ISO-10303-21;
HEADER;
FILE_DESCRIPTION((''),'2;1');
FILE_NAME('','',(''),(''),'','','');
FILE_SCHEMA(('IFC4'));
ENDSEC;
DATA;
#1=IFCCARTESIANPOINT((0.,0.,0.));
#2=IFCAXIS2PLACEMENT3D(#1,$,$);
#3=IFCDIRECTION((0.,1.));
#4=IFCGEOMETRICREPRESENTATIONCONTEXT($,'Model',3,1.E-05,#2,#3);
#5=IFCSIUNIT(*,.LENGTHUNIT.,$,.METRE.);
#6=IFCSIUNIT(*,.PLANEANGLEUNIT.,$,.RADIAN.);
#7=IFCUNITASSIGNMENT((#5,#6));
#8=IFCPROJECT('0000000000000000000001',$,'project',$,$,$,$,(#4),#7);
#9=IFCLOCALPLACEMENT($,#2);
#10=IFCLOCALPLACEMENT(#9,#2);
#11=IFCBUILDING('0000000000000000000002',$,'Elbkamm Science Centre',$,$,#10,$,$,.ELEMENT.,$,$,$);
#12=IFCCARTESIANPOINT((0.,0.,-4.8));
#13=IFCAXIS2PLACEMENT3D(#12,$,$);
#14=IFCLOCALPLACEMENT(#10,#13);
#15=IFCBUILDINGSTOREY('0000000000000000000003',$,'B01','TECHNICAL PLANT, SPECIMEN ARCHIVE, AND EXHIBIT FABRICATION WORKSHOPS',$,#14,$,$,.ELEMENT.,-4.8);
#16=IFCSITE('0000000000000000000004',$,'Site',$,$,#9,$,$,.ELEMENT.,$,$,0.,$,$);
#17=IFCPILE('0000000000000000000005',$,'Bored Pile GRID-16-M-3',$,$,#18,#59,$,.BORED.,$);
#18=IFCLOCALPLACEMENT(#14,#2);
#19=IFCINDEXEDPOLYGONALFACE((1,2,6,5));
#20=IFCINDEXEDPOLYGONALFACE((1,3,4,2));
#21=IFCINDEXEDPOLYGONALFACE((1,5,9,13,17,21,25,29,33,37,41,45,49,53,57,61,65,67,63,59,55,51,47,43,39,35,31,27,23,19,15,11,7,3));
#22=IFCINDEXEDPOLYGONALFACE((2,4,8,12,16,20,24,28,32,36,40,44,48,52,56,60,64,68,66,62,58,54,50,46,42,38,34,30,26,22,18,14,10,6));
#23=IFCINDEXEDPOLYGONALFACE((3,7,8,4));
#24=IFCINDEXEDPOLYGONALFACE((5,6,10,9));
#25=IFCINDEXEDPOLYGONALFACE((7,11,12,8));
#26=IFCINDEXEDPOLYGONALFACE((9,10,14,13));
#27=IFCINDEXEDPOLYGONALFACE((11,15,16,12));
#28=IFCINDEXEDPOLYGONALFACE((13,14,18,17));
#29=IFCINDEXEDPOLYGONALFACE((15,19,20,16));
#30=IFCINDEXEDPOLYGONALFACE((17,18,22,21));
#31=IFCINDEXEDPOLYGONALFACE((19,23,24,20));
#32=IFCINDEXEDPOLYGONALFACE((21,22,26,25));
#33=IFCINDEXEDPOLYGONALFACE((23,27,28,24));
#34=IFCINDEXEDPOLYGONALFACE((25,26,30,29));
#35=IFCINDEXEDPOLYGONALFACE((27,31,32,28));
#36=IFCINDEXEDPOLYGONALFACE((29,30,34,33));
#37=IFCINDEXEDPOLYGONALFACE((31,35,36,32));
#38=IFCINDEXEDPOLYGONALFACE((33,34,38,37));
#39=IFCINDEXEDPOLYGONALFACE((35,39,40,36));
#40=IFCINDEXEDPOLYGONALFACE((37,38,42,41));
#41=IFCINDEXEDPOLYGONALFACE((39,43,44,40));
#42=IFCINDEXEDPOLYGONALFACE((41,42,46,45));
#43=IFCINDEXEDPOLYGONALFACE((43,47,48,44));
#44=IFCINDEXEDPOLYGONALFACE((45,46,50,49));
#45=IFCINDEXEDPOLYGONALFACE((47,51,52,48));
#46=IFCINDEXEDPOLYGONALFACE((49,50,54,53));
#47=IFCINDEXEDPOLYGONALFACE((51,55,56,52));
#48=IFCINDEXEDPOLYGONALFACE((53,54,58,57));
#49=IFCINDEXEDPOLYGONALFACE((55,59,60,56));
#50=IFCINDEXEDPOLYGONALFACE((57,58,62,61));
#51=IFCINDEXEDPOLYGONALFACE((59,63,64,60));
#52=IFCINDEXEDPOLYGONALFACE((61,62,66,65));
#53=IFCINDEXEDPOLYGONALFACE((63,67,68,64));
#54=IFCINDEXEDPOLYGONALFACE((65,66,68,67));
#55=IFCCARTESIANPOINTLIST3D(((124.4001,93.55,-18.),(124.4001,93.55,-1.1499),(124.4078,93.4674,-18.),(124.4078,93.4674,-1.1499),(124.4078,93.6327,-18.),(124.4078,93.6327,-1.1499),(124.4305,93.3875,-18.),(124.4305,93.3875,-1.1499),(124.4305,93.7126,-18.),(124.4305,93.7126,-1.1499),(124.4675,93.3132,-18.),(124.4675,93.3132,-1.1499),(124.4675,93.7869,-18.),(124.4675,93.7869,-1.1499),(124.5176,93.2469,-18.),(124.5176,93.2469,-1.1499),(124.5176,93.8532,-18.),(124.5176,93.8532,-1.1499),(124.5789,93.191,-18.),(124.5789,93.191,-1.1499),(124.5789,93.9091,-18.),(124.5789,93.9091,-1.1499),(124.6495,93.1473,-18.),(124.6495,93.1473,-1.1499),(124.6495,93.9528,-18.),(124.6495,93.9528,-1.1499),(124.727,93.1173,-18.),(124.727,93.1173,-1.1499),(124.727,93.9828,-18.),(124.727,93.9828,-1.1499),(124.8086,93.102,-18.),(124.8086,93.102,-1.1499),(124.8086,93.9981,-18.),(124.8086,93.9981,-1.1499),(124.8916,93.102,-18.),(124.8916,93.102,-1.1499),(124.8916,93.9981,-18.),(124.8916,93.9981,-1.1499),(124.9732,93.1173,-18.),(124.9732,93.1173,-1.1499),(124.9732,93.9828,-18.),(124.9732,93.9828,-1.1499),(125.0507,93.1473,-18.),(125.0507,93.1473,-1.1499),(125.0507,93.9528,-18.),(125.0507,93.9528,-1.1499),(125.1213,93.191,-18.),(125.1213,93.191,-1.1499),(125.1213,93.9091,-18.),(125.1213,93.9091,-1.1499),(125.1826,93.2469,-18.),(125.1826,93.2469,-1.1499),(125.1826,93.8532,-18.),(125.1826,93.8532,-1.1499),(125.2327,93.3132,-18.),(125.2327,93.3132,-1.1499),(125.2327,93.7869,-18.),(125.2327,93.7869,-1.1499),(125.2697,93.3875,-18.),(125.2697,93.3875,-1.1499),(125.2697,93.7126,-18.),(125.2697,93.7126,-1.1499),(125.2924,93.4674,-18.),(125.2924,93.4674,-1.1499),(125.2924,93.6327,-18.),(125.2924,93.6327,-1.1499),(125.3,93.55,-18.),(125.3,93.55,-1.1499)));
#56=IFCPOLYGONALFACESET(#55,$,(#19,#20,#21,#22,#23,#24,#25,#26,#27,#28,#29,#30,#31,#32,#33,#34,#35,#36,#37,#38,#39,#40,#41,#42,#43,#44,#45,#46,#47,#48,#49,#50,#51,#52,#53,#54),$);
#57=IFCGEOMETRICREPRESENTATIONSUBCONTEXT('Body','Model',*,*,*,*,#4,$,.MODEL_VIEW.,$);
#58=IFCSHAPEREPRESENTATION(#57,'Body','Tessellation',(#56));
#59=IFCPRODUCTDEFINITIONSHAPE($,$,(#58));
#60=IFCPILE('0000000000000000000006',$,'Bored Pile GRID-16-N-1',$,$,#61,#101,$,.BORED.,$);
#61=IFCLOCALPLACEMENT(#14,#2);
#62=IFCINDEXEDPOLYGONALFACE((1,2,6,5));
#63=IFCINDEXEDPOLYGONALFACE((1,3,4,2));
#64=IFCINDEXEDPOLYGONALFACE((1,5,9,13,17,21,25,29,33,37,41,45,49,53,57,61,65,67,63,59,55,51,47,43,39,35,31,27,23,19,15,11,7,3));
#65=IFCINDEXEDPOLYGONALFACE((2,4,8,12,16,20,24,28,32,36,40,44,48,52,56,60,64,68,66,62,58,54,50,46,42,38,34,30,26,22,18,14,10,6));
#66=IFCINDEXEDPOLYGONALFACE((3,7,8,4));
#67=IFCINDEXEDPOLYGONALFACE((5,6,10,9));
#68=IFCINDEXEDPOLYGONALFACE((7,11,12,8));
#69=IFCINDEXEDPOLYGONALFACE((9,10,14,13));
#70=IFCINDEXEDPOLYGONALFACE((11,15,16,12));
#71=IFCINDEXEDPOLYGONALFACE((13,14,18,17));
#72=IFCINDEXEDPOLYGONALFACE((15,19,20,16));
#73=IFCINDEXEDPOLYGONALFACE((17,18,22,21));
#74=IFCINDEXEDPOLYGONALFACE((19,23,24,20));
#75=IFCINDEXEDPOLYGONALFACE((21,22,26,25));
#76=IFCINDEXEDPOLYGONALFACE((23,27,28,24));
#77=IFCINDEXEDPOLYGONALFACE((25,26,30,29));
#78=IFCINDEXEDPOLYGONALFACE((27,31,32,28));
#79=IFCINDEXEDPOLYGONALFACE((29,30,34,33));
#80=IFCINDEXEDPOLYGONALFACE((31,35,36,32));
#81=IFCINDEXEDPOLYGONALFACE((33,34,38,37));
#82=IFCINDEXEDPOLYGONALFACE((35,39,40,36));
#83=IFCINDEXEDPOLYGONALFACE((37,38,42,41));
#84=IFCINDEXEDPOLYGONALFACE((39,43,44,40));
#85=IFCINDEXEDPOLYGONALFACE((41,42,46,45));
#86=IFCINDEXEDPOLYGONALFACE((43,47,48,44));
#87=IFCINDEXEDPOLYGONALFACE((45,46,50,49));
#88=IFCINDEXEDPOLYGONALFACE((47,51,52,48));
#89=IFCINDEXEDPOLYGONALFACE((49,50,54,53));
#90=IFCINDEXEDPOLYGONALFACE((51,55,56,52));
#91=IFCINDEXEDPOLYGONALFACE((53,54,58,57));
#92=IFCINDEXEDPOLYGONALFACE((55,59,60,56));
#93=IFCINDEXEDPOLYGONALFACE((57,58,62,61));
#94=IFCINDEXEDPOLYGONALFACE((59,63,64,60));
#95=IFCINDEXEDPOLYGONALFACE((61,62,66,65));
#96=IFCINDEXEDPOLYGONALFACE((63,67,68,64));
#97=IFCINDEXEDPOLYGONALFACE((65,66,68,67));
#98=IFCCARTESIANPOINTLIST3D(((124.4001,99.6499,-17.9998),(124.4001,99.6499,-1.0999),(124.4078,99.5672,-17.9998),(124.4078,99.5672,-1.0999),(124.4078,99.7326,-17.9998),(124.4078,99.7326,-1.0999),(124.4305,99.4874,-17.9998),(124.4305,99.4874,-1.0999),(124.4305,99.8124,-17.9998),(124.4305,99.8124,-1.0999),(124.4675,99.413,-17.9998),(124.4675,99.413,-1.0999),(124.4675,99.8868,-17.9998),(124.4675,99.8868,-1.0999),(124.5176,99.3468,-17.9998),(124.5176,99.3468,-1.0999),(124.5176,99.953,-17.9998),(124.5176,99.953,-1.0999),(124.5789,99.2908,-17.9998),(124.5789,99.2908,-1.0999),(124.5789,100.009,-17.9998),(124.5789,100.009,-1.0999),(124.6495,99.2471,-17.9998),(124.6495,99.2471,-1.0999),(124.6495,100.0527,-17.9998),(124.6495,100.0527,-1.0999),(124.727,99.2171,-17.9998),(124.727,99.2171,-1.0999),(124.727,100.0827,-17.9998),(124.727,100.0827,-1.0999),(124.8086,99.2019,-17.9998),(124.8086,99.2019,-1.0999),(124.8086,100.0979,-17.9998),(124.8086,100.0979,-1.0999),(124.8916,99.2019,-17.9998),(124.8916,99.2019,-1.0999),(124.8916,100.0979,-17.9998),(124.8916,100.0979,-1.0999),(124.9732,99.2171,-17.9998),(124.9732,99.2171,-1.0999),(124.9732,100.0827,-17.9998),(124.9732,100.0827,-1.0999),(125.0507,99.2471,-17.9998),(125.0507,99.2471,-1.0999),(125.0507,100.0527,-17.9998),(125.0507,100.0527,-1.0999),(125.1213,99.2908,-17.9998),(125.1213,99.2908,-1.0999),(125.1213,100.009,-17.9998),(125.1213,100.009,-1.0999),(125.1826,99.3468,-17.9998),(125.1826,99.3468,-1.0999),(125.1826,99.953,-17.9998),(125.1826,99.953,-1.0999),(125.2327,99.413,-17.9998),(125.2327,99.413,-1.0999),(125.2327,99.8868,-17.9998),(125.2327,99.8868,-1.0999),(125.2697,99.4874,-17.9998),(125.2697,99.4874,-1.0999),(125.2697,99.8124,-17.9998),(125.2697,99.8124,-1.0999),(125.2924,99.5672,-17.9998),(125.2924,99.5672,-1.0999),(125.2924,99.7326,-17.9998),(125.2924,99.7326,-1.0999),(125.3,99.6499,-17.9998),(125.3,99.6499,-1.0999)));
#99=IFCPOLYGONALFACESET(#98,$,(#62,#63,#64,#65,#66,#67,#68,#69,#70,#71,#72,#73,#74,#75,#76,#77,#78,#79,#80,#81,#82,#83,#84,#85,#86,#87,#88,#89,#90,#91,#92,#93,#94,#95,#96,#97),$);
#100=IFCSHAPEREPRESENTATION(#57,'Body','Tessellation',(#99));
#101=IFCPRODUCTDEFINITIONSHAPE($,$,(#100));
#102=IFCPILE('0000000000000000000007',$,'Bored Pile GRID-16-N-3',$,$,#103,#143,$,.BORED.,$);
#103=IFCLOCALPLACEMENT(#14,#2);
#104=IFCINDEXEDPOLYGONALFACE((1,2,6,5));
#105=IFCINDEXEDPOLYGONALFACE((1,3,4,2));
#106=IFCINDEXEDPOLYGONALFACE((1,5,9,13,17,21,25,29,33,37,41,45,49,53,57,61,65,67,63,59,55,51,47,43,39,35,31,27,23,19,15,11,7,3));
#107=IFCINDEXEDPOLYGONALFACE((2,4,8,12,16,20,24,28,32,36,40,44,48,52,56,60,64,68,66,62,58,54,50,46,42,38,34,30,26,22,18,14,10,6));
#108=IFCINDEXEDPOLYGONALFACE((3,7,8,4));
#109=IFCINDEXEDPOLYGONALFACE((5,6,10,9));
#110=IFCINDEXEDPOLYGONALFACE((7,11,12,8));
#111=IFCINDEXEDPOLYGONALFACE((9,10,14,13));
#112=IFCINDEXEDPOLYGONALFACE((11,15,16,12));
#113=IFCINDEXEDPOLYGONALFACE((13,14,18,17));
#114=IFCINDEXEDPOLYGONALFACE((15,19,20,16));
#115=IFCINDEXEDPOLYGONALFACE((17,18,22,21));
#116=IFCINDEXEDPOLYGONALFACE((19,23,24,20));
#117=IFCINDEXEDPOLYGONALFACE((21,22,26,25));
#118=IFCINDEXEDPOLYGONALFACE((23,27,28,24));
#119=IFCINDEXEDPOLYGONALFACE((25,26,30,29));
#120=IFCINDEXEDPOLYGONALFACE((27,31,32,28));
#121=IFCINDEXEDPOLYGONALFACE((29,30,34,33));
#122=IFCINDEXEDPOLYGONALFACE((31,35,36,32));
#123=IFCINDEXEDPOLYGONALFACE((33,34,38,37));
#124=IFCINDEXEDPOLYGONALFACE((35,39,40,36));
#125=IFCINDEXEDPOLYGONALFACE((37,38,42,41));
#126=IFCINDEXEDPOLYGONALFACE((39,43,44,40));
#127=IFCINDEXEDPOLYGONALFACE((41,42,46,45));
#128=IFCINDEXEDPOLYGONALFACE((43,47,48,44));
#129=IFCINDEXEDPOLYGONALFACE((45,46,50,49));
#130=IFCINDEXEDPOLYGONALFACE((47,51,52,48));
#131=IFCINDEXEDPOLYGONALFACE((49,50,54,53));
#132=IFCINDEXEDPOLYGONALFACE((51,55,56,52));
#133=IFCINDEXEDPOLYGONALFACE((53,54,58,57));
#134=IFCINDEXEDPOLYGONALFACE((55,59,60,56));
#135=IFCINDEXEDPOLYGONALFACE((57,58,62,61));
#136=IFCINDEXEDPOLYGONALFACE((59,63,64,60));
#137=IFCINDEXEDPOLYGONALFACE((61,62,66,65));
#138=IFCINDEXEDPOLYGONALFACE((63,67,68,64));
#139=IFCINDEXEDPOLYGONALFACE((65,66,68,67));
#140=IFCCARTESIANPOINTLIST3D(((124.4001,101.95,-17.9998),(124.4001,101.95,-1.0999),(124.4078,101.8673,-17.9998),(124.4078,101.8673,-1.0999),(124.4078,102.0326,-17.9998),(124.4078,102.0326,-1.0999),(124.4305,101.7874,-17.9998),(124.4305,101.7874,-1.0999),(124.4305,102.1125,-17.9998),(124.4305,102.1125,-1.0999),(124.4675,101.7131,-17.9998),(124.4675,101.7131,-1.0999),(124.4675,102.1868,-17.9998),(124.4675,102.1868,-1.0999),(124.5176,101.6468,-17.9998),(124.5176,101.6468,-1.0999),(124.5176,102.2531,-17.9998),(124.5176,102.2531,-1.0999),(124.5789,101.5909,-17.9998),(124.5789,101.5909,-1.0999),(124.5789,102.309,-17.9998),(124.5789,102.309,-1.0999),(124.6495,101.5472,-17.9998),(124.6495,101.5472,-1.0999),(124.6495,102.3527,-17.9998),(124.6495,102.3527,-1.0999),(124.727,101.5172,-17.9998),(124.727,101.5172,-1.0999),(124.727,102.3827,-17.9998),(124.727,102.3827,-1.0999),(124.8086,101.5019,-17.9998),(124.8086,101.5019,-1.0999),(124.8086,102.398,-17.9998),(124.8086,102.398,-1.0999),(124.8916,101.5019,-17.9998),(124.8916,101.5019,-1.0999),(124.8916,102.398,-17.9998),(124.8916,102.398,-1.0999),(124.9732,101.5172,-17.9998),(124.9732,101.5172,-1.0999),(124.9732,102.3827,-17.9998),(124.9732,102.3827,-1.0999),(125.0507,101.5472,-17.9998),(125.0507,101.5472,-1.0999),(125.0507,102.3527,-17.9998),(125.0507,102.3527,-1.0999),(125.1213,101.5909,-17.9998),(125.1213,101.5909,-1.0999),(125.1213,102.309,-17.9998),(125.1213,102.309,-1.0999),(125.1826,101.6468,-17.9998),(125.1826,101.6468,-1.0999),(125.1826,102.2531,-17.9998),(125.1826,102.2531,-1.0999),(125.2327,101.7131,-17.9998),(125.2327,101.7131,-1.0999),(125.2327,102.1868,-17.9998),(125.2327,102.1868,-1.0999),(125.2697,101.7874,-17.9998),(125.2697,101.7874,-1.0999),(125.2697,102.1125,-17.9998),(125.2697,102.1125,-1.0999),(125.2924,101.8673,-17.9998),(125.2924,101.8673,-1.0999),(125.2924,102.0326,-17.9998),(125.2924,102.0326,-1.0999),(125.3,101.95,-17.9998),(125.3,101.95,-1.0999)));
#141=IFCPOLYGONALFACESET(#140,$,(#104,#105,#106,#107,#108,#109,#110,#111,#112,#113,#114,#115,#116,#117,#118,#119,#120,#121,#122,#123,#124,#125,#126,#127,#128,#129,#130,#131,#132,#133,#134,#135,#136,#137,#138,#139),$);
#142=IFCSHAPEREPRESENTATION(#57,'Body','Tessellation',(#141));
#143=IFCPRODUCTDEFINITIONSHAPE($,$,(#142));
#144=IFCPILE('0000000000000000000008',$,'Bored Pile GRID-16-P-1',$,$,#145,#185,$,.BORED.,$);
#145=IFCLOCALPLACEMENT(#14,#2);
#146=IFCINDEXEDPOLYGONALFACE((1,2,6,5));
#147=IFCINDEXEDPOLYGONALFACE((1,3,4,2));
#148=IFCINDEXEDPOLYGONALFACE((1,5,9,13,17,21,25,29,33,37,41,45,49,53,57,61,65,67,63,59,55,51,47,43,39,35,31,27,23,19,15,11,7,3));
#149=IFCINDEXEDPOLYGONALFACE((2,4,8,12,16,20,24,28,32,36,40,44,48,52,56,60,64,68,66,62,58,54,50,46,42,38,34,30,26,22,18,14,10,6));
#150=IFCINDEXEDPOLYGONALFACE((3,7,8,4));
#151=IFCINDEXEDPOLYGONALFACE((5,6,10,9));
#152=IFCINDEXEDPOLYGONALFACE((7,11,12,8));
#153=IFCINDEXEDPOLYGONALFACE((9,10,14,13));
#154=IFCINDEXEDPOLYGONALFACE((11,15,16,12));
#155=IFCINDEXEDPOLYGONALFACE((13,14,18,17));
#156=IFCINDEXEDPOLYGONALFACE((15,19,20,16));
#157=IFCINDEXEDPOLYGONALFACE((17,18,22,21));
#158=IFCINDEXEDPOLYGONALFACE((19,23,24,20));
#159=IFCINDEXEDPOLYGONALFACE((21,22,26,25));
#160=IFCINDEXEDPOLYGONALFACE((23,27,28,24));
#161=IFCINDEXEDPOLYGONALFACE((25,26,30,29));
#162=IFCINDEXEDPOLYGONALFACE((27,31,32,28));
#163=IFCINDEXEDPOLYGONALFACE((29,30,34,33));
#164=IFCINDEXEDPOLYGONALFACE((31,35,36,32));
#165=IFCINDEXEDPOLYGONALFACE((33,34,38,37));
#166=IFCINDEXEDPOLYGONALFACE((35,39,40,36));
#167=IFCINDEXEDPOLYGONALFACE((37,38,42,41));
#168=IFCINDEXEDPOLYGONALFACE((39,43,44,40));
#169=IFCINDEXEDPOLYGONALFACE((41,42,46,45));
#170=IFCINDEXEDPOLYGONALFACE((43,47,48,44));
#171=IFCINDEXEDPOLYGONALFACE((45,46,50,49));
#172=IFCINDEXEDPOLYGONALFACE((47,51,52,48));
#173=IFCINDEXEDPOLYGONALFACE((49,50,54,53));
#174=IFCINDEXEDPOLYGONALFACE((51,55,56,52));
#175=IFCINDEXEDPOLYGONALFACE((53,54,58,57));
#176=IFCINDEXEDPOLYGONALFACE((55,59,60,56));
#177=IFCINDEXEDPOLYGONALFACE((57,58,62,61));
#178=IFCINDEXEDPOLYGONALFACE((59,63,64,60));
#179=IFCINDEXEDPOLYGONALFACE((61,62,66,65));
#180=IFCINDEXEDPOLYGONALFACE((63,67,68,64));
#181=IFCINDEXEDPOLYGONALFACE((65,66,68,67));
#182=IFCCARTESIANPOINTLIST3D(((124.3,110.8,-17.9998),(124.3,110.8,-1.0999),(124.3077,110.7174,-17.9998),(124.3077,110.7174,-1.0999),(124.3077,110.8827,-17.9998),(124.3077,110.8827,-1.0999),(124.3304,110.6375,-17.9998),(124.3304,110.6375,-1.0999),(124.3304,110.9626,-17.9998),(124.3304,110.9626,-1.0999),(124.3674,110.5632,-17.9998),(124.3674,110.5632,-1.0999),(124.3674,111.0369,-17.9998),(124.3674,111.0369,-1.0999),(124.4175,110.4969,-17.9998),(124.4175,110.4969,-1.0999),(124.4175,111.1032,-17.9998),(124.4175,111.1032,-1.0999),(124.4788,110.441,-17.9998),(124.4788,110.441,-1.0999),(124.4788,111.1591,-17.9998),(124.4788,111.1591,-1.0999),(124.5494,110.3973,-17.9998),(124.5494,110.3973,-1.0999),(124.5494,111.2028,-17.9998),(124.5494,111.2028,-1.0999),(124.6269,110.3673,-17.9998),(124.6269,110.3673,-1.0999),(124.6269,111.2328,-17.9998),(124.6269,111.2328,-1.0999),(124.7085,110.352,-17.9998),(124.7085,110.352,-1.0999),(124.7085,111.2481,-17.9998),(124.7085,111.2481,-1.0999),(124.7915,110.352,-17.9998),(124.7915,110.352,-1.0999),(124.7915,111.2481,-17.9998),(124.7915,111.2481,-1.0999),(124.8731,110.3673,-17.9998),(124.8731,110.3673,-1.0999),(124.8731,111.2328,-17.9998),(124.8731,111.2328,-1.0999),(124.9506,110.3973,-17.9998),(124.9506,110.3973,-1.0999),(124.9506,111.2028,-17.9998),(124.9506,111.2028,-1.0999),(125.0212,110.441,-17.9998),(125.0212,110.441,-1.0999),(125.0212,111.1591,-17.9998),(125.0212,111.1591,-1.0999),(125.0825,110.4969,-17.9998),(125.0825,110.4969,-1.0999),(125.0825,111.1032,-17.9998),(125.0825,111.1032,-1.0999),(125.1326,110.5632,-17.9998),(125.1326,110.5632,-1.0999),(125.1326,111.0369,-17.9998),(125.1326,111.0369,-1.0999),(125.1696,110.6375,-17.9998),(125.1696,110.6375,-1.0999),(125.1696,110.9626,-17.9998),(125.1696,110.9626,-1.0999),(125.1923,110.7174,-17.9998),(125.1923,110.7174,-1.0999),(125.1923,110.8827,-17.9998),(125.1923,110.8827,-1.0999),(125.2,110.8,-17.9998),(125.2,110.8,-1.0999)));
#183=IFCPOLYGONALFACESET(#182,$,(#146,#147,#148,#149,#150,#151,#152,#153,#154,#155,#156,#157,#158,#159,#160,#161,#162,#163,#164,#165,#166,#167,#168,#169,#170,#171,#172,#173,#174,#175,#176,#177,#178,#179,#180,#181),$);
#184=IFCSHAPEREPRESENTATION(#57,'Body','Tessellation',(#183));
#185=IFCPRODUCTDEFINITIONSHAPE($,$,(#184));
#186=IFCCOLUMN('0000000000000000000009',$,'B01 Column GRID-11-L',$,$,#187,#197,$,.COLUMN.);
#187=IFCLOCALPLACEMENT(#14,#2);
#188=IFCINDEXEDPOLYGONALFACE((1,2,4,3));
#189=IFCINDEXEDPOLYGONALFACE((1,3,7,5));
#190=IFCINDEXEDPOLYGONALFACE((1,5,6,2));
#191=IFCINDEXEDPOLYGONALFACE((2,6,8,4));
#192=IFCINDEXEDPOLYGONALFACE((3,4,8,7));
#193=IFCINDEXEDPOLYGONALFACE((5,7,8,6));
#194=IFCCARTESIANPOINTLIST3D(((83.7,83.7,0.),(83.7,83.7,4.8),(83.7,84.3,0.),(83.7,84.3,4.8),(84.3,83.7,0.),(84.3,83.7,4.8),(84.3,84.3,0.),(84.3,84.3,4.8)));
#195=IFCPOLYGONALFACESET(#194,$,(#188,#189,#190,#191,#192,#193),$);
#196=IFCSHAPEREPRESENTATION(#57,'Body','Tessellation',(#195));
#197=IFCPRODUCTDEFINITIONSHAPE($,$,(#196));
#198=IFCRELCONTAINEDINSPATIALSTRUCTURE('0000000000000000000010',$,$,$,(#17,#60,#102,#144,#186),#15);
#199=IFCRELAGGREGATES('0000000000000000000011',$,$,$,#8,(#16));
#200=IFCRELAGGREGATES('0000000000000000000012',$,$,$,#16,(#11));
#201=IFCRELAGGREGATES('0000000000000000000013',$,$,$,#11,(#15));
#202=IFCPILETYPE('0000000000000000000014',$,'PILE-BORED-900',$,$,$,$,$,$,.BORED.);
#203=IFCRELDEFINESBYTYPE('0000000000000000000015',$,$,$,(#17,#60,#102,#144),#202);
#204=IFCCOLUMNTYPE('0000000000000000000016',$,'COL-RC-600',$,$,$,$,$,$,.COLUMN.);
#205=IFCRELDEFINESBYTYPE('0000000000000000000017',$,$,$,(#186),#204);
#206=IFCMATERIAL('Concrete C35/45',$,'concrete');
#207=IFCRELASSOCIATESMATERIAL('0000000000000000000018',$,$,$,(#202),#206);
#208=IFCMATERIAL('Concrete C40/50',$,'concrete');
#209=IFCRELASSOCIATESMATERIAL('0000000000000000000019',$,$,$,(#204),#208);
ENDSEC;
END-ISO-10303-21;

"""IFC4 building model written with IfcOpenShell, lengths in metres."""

from ifc_helpers import new_model, si_unit, direction, frame, origin, origin_2d, place, context, subcontext, project, spatial, rectangle, circle, extrude, material, material_profile, profile_set, type_object, element, save


model = new_model("IFC4")

# Units and contexts
model_context = context("Model", 3, precision=1e-05, world=origin(), true_north=direction((0.0, 1.0)))
body_context = subcontext(model_context, "Body", "Model", "MODEL_VIEW")
ifc_project = project(units=[si_unit("LENGTHUNIT", "METRE"), si_unit("PLANEANGLEUNIT", "RADIAN")], contexts=[model_context])

# Site, building, storey
site_placement = place(None, origin())
site = spatial("IfcSite", under=ifc_project, at=site_placement, Name="Site", CompositionType="ELEMENT", RefElevation=0.0)
building_placement = place(site_placement, origin())
building = spatial("IfcBuilding", under=site, at=building_placement, Name="Elbkamm Science Centre", CompositionType="ELEMENT")
storey_placement = place(building_placement, frame((0.0, 0.0, -4.8)))
storey = spatial("IfcBuildingStorey", under=building, at=storey_placement, Name="B01", Description="TECHNICAL PLANT, SPECIMEN ARCHIVE, AND EXHIBIT FABRICATION WORKSHOPS", CompositionType="ELEMENT", Elevation=-4.8)

# Shared definitions
ifc_material_1 = material(Name="Concrete C35/45", Category="concrete")

# Piles
ifc_material_profile_1 = material_profile(ifc_material_1, circle(Radius=0.45, at=origin_2d()), Name="PILE D900")
ifc_profile_set_1 = profile_set([ifc_material_profile_1], Name="Concrete C35/45")
pile_type = type_object("IfcPileType", Name="PILE-BORED-900", PredefinedType="BORED", material=ifc_profile_set_1)
for number, where, z_axis, x_axis, name in (
    (1, (124.8501, 93.55, -1.1499), (0.0, 0.0, -1.0), (1.0, 0.0, 0.0), "Bored Pile GRID-16-M-3"),
):
    element("IfcPile", number, at=place(storey_placement, frame(where, z_axis=z_axis, x_axis=x_axis)), inside=storey, type_object=pile_type, Name=name, PredefinedType="BORED", context=body_context, shape_type="SweptSolid", body=[
        extrude(circle(Radius=0.45, at=origin_2d()), origin(), (0.0, 0.0, 1.0), 16.8501),
    ])
for number, where, z_axis, x_axis, name in (
    (2, (124.8501, 99.6499, -1.0999), (0.0, 0.0, -1.0), (1.0, 0.0, 0.0), "Bored Pile GRID-16-N-1"),
    (3, (124.8501, 101.95, -1.0999), (0.0, 0.0, -1.0), (1.0, 0.0, 0.0), "Bored Pile GRID-16-N-3"),
    (4, (124.75, 110.8, -1.0999), (0.0, 0.0, -1.0), (1.0, 0.0, 0.0), "Bored Pile GRID-16-P-1"),
):
    element("IfcPile", number, at=place(storey_placement, frame(where, z_axis=z_axis, x_axis=x_axis)), inside=storey, type_object=pile_type, Name=name, PredefinedType="BORED", context=body_context, shape_type="SweptSolid", body=[
        extrude(circle(Radius=0.45, at=origin_2d()), origin(), (0.0, 0.0, 1.0), 16.8999),
    ])

# Column
ifc_material_2 = material(Name="Concrete C40/50", Category="concrete")
ifc_material_profile_2 = material_profile(ifc_material_2, rectangle(XDim=0.6001, YDim=0.6001, at=origin_2d()), Name="RC 600x600")
ifc_profile_set_2 = profile_set([ifc_material_profile_2], Name="Concrete C40/50")
column_type_1 = type_object("IfcColumnType", Name="COL-RC-600", PredefinedType="COLUMN", material=ifc_profile_set_2)
column_placement = place(storey_placement, frame((84.0, 84.0, 0.0), z_axis=(0.0, 0.0, 1.0), x_axis=(1.0, 0.0, 0.0)))
element("IfcColumn", 5, at=column_placement, inside=storey, type_object=column_type_1, Name="B01 Column GRID-11-L", PredefinedType="COLUMN", context=body_context, shape_type="SweptSolid", body=[
    extrude(rectangle(XDim=0.6001, YDim=0.6001, at=origin_2d()), origin(), (0.0, 0.0, 1.0), 4.8),
])

save(model, "model.ifc")
